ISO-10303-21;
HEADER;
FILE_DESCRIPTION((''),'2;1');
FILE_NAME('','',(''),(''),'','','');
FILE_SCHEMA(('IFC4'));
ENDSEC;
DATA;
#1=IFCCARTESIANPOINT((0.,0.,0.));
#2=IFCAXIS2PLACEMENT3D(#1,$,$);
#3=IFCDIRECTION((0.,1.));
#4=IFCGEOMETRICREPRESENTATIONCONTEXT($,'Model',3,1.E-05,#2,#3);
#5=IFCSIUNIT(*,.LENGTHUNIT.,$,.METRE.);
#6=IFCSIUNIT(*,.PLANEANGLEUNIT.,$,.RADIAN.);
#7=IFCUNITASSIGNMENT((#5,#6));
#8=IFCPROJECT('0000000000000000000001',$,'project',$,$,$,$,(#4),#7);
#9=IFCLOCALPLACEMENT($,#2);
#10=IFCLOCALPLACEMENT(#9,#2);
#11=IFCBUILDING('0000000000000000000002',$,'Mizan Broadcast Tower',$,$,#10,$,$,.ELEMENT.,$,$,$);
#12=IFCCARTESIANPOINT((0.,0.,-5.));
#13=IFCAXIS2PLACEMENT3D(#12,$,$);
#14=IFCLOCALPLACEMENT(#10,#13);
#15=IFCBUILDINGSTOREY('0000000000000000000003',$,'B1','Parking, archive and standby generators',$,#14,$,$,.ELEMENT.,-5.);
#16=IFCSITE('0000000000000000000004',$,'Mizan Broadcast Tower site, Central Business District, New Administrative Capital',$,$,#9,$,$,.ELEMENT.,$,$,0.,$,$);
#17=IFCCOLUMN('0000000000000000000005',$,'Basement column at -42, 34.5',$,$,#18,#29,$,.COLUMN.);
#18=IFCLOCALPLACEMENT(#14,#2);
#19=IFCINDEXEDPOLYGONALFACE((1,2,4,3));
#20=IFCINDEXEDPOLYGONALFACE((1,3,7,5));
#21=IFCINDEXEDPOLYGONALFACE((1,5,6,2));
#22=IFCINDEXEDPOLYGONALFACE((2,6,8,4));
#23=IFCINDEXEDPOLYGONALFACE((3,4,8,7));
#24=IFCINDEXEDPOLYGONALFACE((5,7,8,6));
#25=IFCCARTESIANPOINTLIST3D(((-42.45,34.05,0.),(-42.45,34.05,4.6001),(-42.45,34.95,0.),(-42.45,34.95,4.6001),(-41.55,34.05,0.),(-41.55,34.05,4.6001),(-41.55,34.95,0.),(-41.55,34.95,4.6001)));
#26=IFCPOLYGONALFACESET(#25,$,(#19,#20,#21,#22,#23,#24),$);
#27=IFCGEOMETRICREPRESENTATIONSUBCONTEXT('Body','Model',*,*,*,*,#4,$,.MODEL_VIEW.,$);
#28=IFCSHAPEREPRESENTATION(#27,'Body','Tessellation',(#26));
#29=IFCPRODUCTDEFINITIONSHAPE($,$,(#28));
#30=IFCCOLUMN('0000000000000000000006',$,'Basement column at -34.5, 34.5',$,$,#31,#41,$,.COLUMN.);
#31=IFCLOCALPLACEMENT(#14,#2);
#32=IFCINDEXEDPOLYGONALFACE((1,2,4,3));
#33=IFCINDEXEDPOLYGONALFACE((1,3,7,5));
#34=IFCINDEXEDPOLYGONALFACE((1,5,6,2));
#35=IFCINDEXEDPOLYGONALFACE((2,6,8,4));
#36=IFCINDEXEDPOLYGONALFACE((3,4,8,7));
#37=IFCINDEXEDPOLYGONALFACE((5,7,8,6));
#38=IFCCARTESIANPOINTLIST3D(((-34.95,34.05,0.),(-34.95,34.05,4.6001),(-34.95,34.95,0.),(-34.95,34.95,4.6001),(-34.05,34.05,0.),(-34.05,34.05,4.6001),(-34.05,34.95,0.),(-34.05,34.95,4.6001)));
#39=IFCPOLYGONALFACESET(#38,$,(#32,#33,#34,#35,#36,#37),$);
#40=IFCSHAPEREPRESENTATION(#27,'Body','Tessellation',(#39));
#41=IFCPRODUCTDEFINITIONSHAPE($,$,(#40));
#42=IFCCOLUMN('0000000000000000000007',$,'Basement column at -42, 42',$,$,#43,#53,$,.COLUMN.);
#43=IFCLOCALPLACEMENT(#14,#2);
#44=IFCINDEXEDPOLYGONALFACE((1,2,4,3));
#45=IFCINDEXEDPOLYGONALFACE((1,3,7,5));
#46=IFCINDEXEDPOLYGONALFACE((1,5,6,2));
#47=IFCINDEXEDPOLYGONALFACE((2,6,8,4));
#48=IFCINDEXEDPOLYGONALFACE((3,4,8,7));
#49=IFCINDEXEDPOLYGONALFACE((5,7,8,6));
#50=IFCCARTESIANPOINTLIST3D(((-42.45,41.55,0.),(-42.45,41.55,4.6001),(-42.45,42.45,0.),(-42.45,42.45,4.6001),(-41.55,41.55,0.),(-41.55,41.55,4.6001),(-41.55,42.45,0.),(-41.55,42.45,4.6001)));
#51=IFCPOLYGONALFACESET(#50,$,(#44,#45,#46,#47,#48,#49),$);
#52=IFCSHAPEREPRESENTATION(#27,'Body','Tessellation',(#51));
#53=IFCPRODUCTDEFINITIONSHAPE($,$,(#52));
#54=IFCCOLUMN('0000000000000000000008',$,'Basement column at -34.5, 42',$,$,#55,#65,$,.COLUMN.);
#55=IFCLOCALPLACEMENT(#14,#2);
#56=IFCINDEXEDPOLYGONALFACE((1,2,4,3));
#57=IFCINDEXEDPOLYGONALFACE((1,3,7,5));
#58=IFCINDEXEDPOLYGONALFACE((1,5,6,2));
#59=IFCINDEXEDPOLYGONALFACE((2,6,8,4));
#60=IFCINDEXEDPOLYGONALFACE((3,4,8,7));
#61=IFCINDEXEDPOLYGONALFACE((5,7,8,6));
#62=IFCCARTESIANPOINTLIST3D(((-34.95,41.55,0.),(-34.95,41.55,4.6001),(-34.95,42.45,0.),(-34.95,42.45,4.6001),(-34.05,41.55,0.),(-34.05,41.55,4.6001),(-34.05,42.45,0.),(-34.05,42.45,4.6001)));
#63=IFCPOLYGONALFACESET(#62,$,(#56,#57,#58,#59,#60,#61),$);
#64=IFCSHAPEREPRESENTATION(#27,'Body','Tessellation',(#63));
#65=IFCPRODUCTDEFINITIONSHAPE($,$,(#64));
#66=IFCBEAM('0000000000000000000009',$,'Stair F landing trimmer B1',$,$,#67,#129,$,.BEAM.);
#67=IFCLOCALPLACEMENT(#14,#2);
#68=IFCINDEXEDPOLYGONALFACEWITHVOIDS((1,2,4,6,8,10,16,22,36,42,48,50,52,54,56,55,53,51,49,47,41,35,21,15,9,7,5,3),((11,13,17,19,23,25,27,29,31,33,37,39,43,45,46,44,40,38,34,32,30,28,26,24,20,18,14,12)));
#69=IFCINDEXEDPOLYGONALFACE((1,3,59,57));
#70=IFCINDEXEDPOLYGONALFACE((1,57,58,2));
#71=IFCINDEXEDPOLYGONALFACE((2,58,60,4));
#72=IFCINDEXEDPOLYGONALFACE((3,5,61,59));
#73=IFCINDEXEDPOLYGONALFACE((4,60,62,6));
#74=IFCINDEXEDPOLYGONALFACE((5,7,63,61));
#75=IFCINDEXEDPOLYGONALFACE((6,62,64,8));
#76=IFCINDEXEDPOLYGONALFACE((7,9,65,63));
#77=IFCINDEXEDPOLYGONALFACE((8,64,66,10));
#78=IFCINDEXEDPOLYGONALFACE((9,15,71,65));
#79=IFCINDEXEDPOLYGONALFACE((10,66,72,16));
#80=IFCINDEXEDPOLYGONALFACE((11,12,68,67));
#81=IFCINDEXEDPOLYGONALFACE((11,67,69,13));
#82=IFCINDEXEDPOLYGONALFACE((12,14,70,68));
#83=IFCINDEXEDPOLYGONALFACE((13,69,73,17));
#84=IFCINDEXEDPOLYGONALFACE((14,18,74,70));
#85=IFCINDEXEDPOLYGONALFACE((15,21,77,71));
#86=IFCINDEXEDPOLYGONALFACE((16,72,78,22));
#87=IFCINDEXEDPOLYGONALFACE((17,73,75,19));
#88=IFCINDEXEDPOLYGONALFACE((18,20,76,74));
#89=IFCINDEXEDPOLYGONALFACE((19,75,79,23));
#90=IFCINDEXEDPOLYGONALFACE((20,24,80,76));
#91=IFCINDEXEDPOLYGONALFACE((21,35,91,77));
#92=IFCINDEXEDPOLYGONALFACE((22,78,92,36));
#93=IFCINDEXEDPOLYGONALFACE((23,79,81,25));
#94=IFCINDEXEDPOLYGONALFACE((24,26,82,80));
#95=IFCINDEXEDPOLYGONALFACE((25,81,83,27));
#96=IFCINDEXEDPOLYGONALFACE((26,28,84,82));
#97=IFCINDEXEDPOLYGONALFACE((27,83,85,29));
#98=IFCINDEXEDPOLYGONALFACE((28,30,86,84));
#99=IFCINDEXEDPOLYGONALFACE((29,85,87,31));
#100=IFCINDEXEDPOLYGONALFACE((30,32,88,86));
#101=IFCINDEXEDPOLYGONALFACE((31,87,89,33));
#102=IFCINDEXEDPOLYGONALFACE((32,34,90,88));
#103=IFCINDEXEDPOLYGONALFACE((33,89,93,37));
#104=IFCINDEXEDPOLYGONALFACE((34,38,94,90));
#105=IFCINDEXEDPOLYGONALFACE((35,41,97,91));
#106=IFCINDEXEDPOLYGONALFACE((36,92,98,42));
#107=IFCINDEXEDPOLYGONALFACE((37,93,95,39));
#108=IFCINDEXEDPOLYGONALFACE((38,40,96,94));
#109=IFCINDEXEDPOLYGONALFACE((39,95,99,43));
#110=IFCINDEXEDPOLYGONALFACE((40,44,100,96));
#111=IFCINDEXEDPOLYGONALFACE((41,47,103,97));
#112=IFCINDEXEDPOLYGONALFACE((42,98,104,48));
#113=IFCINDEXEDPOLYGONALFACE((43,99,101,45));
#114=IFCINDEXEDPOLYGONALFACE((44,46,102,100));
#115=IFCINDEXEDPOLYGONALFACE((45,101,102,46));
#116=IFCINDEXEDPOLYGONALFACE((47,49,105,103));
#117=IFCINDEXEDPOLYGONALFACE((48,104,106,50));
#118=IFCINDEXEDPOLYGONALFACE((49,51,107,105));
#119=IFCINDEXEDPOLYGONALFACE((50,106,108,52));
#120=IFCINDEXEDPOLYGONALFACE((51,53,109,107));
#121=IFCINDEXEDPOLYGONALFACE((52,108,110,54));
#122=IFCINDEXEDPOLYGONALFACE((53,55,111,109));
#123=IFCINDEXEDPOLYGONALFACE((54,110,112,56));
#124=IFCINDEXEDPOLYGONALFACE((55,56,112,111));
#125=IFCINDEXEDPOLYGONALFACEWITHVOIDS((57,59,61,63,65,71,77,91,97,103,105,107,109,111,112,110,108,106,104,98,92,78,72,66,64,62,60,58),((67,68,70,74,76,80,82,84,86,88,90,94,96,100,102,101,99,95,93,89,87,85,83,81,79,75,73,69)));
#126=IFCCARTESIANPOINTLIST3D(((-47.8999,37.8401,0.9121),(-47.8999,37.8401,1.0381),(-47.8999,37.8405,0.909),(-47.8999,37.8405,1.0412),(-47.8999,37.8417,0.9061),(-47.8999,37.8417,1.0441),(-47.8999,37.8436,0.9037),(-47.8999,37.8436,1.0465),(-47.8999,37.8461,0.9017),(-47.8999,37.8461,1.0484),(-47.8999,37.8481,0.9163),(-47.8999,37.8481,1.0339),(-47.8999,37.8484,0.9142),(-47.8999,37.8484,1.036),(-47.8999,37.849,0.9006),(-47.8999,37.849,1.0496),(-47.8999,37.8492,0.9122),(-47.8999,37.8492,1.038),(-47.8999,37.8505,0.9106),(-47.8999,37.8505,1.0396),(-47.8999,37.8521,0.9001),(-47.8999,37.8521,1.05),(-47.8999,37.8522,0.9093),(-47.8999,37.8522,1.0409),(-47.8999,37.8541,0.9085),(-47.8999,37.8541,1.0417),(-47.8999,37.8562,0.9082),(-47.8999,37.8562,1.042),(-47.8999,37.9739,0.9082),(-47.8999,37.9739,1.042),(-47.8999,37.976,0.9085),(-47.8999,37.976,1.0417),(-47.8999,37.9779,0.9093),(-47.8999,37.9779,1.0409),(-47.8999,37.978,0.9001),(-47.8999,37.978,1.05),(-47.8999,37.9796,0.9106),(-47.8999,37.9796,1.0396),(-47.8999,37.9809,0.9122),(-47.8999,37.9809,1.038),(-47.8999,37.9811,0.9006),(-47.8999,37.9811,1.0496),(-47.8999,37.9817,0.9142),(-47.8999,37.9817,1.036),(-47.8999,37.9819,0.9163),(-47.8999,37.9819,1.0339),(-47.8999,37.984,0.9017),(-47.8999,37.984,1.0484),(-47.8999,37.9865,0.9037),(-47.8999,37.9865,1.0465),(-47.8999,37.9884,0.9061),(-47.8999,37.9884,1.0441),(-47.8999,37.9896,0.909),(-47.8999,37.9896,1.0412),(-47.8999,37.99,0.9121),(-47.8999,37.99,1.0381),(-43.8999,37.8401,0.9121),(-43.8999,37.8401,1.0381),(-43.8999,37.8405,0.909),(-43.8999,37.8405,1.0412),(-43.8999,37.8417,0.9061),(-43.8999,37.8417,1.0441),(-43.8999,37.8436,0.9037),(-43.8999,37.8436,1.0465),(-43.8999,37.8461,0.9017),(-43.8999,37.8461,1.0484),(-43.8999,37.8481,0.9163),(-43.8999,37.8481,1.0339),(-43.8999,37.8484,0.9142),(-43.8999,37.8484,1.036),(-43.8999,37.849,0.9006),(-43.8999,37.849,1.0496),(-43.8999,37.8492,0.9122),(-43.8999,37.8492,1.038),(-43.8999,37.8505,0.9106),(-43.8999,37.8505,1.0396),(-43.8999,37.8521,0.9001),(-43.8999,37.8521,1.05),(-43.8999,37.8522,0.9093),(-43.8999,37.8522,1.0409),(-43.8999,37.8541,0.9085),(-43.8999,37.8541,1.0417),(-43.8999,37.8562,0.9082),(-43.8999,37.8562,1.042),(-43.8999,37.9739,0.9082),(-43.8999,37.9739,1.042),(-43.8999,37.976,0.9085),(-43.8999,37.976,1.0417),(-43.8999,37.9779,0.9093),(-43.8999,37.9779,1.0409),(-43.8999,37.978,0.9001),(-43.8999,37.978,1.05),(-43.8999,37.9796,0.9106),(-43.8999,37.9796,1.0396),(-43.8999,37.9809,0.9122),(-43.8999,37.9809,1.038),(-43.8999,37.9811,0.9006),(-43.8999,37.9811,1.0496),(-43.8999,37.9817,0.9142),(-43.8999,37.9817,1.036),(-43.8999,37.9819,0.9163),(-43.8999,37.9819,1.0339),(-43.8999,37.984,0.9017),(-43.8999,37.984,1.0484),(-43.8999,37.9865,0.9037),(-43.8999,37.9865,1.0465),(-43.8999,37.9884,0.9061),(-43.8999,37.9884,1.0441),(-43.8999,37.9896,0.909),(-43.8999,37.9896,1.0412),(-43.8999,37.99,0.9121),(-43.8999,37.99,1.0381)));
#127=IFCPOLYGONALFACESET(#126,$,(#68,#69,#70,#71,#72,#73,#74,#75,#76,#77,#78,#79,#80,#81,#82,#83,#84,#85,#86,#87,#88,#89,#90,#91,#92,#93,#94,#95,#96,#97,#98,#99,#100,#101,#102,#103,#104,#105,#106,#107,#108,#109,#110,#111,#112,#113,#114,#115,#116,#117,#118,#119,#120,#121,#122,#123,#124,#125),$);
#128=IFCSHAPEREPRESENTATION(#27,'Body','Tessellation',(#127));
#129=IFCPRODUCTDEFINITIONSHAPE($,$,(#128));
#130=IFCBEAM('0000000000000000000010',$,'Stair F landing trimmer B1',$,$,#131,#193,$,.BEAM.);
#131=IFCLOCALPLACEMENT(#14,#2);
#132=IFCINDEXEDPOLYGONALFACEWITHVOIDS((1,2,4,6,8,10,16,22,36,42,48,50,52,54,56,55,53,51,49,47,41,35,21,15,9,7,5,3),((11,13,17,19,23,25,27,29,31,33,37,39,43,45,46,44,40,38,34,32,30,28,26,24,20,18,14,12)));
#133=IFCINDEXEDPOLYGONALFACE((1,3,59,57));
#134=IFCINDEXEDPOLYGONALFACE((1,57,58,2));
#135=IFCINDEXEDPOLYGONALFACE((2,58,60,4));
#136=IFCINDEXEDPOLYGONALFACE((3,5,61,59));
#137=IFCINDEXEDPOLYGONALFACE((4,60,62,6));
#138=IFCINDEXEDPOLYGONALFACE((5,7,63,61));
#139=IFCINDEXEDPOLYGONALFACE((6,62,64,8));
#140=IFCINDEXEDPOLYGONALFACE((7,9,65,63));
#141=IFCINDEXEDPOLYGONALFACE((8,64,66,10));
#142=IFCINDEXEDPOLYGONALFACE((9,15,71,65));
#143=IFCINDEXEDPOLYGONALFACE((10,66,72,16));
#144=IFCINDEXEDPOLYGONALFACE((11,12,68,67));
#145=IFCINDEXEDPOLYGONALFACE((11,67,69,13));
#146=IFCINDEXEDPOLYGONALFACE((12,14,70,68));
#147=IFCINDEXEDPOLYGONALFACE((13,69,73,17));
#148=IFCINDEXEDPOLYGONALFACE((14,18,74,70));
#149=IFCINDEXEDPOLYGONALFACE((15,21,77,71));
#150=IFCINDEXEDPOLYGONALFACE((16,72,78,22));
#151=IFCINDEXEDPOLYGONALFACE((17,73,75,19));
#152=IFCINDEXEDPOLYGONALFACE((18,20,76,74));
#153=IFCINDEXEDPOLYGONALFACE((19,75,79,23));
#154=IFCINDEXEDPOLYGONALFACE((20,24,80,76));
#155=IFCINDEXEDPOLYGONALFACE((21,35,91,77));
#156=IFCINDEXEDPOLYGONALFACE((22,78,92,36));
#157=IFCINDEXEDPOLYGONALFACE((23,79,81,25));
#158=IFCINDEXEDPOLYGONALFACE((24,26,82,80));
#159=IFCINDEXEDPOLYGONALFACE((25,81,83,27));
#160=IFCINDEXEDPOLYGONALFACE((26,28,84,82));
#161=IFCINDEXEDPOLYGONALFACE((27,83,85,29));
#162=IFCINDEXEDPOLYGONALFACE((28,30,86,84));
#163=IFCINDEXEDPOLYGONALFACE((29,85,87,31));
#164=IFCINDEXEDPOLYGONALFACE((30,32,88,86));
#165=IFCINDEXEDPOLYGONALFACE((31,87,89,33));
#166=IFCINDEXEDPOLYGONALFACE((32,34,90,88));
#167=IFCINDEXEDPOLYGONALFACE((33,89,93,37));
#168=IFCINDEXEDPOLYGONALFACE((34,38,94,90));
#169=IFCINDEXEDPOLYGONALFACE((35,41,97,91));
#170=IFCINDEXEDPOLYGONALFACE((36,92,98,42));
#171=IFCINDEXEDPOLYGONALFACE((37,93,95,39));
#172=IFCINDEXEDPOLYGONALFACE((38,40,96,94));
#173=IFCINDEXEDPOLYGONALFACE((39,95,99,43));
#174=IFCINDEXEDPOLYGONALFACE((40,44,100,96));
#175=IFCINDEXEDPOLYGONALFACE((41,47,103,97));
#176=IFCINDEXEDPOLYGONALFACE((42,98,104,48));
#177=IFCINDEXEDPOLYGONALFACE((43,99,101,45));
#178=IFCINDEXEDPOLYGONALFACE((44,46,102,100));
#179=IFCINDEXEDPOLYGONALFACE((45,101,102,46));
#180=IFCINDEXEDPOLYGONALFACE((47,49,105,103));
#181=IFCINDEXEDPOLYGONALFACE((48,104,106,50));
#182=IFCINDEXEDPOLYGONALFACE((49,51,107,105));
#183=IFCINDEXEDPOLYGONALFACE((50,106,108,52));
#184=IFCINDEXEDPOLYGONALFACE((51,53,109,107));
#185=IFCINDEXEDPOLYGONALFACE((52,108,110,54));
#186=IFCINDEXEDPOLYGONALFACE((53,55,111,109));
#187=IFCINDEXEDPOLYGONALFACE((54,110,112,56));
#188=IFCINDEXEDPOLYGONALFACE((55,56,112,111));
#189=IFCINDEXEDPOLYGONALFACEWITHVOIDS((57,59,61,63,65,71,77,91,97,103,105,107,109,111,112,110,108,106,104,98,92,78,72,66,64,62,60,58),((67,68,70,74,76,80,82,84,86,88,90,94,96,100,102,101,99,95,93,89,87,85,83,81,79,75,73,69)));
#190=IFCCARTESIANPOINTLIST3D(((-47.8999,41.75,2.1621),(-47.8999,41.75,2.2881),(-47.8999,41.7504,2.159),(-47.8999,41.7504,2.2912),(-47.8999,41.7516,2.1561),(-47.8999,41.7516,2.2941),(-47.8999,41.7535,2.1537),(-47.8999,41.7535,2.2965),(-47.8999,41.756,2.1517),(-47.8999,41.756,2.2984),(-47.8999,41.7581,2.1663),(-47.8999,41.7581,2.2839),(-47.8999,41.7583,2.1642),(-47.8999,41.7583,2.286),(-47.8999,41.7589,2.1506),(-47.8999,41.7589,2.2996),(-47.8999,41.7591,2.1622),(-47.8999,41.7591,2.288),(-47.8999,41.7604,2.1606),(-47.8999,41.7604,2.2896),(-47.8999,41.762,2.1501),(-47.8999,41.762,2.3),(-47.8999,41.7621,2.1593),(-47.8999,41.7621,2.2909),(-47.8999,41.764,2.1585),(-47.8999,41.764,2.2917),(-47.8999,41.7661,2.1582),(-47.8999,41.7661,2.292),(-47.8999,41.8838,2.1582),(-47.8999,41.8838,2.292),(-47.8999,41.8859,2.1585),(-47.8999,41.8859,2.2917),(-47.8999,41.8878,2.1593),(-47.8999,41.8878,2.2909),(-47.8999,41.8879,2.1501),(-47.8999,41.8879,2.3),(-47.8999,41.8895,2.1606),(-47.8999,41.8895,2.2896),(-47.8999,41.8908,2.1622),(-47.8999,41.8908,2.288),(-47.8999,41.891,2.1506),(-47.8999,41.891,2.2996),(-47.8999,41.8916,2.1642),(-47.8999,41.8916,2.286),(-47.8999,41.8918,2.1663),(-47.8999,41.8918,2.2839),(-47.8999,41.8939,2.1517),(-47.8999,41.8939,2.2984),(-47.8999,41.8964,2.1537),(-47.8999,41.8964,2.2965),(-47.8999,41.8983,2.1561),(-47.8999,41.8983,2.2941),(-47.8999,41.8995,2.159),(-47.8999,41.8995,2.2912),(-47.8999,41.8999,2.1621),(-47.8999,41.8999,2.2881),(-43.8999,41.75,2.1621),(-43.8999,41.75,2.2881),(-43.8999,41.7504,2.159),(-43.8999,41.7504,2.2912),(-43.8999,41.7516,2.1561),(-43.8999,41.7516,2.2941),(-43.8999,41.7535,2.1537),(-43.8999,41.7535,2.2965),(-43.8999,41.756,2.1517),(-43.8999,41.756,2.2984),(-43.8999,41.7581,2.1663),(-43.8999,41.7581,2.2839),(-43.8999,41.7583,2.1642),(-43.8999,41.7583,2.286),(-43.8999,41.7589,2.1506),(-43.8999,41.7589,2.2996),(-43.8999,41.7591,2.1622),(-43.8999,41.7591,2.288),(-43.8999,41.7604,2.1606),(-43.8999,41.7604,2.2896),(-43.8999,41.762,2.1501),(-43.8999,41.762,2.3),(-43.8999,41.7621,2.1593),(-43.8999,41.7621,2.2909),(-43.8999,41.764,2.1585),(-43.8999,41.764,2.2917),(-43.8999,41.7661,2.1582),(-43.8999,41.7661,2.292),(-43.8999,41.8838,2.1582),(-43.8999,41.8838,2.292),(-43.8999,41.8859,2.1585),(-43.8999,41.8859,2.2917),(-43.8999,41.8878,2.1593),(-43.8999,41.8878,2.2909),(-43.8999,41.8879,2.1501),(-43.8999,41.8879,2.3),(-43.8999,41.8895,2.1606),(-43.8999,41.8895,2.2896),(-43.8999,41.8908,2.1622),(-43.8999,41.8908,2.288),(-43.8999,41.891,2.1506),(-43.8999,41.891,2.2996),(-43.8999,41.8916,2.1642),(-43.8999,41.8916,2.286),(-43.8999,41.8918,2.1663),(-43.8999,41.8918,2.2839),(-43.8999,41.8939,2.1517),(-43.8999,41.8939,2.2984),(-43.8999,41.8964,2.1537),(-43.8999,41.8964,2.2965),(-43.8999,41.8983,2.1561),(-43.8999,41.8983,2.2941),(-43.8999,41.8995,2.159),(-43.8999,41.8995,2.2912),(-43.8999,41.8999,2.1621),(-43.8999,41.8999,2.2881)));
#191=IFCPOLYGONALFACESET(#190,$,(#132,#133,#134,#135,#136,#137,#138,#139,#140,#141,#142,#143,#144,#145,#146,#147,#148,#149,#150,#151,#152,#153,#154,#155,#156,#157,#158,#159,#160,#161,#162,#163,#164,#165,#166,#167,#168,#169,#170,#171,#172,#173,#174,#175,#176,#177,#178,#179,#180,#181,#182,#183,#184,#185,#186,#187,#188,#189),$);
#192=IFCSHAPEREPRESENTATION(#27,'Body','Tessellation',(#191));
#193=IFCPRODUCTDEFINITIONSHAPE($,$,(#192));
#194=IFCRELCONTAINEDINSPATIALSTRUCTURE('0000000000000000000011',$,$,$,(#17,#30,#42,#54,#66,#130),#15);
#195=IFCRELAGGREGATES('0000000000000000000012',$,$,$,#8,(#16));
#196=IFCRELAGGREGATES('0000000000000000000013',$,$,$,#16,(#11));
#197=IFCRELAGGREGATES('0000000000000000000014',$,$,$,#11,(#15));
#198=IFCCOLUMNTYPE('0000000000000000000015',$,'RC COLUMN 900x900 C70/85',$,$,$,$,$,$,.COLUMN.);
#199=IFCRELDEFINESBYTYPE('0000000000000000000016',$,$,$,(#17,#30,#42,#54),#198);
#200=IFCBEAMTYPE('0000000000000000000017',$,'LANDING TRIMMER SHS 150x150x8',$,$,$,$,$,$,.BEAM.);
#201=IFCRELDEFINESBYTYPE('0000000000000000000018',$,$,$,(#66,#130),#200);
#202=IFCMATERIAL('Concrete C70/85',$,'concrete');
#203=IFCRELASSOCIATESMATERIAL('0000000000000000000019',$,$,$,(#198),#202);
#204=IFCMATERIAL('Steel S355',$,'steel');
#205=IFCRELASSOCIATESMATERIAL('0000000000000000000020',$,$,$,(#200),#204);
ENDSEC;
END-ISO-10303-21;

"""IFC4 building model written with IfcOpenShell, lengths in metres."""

from ifc_helpers import new_model, si_unit, direction, frame, origin, origin_2d, place, context, subcontext, project, spatial, rectangle, hollow_rectangle, extrude, material, material_profile, profile_set, type_object, element, save


model = new_model("IFC4")

# Units and contexts
model_context = context("Model", 3, precision=1e-05, world=origin(), true_north=direction((0.0, 1.0)))
body_context = subcontext(model_context, "Body", "Model", "MODEL_VIEW")
ifc_project = project(units=[si_unit("LENGTHUNIT", "METRE"), si_unit("PLANEANGLEUNIT", "RADIAN")], contexts=[model_context])

# Site, building, storey
site_placement = place(None, origin())
site = spatial("IfcSite", under=ifc_project, at=site_placement, Name="Mizan Broadcast Tower site, Central Business District, New Administrative Capital", CompositionType="ELEMENT", RefElevation=0.0)
building_placement = place(site_placement, origin())
building = spatial("IfcBuilding", under=site, at=building_placement, Name="Mizan Broadcast Tower", CompositionType="ELEMENT")
storey_placement = place(building_placement, frame((0.0, 0.0, -5.0)))
storey = spatial("IfcBuildingStorey", under=building, at=storey_placement, Name="B1", Description="Parking, archive and standby generators", CompositionType="ELEMENT", Elevation=-5.0)

# Columns
ifc_material_1 = material(Name="Concrete C70/85", Category="concrete")
ifc_material_profile_1 = material_profile(ifc_material_1, rectangle(XDim=0.8999, YDim=0.8999, at=origin_2d()), Name="RC 900x900")
ifc_profile_set_1 = profile_set([ifc_material_profile_1], Name="Concrete C70/85")
column_type = type_object("IfcColumnType", Name="RC COLUMN 900x900 C70/85", PredefinedType="COLUMN", material=ifc_profile_set_1)
for number, where, z_axis, x_axis, name in (
    (1, (-42.0, 34.5, 0.0), (0.0, 0.0, 1.0), (1.0, 0.0, 0.0), "Basement column at -42, 34.5"),
    (2, (-34.5, 34.5, 0.0), (0.0, 0.0, 1.0), (1.0, 0.0, 0.0), "Basement column at -34.5, 34.5"),
    (3, (-42.0, 42.0, 0.0), (0.0, 0.0, 1.0), (1.0, 0.0, 0.0), "Basement column at -42, 42"),
    (4, (-34.5, 42.0, 0.0), (0.0, 0.0, 1.0), (1.0, 0.0, 0.0), "Basement column at -34.5, 42"),
):
    element("IfcColumn", number, at=place(storey_placement, frame(where, z_axis=z_axis, x_axis=x_axis)), inside=storey, type_object=column_type, Name=name, PredefinedType="COLUMN", context=body_context, shape_type="SweptSolid", body=[
        extrude(rectangle(XDim=0.8999, YDim=0.8999, at=origin_2d()), origin(), (0.0, 0.0, 1.0), 4.6001),
    ])

# Beams
ifc_material_2 = material(Name="Steel S355", Category="steel")
ifc_material_profile_2 = material_profile(ifc_material_2, hollow_rectangle(XDim=0.1499, YDim=0.1499, WallThickness=0.0081, InnerFilletRadius=0.0081, OuterFilletRadius=0.012, at=origin_2d()), Name="SHS 150x150x8")
ifc_profile_set_2 = profile_set([ifc_material_profile_2], Name="Steel S355")
beam_type_1 = type_object("IfcBeamType", Name="LANDING TRIMMER SHS 150x150x8", PredefinedType="BEAM", material=ifc_profile_set_2)
for number, where, z_axis, x_axis, name in (
    (5, (-43.8999, 37.915, 0.9751), (-1.0, 0.0, 0.0), (0.0, -1.0, 0.0), "Stair F landing trimmer B1"),
    (6, (-43.8999, 41.825, 2.2251), (-1.0, 0.0, 0.0), (0.0, -1.0, 0.0), "Stair F landing trimmer B1"),
):
    element("IfcBeam", number, at=place(storey_placement, frame(where, z_axis=z_axis, x_axis=x_axis)), inside=storey, type_object=beam_type_1, Name=name, PredefinedType="BEAM", context=body_context, shape_type="SweptSolid", body=[
        extrude(hollow_rectangle(XDim=0.1499, YDim=0.1499, WallThickness=0.0081, InnerFilletRadius=0.0081, OuterFilletRadius=0.012, at=origin_2d()), origin(), (0.0, 0.0, 1.0), 4.0),
    ])

save(model, "model.ifc")
